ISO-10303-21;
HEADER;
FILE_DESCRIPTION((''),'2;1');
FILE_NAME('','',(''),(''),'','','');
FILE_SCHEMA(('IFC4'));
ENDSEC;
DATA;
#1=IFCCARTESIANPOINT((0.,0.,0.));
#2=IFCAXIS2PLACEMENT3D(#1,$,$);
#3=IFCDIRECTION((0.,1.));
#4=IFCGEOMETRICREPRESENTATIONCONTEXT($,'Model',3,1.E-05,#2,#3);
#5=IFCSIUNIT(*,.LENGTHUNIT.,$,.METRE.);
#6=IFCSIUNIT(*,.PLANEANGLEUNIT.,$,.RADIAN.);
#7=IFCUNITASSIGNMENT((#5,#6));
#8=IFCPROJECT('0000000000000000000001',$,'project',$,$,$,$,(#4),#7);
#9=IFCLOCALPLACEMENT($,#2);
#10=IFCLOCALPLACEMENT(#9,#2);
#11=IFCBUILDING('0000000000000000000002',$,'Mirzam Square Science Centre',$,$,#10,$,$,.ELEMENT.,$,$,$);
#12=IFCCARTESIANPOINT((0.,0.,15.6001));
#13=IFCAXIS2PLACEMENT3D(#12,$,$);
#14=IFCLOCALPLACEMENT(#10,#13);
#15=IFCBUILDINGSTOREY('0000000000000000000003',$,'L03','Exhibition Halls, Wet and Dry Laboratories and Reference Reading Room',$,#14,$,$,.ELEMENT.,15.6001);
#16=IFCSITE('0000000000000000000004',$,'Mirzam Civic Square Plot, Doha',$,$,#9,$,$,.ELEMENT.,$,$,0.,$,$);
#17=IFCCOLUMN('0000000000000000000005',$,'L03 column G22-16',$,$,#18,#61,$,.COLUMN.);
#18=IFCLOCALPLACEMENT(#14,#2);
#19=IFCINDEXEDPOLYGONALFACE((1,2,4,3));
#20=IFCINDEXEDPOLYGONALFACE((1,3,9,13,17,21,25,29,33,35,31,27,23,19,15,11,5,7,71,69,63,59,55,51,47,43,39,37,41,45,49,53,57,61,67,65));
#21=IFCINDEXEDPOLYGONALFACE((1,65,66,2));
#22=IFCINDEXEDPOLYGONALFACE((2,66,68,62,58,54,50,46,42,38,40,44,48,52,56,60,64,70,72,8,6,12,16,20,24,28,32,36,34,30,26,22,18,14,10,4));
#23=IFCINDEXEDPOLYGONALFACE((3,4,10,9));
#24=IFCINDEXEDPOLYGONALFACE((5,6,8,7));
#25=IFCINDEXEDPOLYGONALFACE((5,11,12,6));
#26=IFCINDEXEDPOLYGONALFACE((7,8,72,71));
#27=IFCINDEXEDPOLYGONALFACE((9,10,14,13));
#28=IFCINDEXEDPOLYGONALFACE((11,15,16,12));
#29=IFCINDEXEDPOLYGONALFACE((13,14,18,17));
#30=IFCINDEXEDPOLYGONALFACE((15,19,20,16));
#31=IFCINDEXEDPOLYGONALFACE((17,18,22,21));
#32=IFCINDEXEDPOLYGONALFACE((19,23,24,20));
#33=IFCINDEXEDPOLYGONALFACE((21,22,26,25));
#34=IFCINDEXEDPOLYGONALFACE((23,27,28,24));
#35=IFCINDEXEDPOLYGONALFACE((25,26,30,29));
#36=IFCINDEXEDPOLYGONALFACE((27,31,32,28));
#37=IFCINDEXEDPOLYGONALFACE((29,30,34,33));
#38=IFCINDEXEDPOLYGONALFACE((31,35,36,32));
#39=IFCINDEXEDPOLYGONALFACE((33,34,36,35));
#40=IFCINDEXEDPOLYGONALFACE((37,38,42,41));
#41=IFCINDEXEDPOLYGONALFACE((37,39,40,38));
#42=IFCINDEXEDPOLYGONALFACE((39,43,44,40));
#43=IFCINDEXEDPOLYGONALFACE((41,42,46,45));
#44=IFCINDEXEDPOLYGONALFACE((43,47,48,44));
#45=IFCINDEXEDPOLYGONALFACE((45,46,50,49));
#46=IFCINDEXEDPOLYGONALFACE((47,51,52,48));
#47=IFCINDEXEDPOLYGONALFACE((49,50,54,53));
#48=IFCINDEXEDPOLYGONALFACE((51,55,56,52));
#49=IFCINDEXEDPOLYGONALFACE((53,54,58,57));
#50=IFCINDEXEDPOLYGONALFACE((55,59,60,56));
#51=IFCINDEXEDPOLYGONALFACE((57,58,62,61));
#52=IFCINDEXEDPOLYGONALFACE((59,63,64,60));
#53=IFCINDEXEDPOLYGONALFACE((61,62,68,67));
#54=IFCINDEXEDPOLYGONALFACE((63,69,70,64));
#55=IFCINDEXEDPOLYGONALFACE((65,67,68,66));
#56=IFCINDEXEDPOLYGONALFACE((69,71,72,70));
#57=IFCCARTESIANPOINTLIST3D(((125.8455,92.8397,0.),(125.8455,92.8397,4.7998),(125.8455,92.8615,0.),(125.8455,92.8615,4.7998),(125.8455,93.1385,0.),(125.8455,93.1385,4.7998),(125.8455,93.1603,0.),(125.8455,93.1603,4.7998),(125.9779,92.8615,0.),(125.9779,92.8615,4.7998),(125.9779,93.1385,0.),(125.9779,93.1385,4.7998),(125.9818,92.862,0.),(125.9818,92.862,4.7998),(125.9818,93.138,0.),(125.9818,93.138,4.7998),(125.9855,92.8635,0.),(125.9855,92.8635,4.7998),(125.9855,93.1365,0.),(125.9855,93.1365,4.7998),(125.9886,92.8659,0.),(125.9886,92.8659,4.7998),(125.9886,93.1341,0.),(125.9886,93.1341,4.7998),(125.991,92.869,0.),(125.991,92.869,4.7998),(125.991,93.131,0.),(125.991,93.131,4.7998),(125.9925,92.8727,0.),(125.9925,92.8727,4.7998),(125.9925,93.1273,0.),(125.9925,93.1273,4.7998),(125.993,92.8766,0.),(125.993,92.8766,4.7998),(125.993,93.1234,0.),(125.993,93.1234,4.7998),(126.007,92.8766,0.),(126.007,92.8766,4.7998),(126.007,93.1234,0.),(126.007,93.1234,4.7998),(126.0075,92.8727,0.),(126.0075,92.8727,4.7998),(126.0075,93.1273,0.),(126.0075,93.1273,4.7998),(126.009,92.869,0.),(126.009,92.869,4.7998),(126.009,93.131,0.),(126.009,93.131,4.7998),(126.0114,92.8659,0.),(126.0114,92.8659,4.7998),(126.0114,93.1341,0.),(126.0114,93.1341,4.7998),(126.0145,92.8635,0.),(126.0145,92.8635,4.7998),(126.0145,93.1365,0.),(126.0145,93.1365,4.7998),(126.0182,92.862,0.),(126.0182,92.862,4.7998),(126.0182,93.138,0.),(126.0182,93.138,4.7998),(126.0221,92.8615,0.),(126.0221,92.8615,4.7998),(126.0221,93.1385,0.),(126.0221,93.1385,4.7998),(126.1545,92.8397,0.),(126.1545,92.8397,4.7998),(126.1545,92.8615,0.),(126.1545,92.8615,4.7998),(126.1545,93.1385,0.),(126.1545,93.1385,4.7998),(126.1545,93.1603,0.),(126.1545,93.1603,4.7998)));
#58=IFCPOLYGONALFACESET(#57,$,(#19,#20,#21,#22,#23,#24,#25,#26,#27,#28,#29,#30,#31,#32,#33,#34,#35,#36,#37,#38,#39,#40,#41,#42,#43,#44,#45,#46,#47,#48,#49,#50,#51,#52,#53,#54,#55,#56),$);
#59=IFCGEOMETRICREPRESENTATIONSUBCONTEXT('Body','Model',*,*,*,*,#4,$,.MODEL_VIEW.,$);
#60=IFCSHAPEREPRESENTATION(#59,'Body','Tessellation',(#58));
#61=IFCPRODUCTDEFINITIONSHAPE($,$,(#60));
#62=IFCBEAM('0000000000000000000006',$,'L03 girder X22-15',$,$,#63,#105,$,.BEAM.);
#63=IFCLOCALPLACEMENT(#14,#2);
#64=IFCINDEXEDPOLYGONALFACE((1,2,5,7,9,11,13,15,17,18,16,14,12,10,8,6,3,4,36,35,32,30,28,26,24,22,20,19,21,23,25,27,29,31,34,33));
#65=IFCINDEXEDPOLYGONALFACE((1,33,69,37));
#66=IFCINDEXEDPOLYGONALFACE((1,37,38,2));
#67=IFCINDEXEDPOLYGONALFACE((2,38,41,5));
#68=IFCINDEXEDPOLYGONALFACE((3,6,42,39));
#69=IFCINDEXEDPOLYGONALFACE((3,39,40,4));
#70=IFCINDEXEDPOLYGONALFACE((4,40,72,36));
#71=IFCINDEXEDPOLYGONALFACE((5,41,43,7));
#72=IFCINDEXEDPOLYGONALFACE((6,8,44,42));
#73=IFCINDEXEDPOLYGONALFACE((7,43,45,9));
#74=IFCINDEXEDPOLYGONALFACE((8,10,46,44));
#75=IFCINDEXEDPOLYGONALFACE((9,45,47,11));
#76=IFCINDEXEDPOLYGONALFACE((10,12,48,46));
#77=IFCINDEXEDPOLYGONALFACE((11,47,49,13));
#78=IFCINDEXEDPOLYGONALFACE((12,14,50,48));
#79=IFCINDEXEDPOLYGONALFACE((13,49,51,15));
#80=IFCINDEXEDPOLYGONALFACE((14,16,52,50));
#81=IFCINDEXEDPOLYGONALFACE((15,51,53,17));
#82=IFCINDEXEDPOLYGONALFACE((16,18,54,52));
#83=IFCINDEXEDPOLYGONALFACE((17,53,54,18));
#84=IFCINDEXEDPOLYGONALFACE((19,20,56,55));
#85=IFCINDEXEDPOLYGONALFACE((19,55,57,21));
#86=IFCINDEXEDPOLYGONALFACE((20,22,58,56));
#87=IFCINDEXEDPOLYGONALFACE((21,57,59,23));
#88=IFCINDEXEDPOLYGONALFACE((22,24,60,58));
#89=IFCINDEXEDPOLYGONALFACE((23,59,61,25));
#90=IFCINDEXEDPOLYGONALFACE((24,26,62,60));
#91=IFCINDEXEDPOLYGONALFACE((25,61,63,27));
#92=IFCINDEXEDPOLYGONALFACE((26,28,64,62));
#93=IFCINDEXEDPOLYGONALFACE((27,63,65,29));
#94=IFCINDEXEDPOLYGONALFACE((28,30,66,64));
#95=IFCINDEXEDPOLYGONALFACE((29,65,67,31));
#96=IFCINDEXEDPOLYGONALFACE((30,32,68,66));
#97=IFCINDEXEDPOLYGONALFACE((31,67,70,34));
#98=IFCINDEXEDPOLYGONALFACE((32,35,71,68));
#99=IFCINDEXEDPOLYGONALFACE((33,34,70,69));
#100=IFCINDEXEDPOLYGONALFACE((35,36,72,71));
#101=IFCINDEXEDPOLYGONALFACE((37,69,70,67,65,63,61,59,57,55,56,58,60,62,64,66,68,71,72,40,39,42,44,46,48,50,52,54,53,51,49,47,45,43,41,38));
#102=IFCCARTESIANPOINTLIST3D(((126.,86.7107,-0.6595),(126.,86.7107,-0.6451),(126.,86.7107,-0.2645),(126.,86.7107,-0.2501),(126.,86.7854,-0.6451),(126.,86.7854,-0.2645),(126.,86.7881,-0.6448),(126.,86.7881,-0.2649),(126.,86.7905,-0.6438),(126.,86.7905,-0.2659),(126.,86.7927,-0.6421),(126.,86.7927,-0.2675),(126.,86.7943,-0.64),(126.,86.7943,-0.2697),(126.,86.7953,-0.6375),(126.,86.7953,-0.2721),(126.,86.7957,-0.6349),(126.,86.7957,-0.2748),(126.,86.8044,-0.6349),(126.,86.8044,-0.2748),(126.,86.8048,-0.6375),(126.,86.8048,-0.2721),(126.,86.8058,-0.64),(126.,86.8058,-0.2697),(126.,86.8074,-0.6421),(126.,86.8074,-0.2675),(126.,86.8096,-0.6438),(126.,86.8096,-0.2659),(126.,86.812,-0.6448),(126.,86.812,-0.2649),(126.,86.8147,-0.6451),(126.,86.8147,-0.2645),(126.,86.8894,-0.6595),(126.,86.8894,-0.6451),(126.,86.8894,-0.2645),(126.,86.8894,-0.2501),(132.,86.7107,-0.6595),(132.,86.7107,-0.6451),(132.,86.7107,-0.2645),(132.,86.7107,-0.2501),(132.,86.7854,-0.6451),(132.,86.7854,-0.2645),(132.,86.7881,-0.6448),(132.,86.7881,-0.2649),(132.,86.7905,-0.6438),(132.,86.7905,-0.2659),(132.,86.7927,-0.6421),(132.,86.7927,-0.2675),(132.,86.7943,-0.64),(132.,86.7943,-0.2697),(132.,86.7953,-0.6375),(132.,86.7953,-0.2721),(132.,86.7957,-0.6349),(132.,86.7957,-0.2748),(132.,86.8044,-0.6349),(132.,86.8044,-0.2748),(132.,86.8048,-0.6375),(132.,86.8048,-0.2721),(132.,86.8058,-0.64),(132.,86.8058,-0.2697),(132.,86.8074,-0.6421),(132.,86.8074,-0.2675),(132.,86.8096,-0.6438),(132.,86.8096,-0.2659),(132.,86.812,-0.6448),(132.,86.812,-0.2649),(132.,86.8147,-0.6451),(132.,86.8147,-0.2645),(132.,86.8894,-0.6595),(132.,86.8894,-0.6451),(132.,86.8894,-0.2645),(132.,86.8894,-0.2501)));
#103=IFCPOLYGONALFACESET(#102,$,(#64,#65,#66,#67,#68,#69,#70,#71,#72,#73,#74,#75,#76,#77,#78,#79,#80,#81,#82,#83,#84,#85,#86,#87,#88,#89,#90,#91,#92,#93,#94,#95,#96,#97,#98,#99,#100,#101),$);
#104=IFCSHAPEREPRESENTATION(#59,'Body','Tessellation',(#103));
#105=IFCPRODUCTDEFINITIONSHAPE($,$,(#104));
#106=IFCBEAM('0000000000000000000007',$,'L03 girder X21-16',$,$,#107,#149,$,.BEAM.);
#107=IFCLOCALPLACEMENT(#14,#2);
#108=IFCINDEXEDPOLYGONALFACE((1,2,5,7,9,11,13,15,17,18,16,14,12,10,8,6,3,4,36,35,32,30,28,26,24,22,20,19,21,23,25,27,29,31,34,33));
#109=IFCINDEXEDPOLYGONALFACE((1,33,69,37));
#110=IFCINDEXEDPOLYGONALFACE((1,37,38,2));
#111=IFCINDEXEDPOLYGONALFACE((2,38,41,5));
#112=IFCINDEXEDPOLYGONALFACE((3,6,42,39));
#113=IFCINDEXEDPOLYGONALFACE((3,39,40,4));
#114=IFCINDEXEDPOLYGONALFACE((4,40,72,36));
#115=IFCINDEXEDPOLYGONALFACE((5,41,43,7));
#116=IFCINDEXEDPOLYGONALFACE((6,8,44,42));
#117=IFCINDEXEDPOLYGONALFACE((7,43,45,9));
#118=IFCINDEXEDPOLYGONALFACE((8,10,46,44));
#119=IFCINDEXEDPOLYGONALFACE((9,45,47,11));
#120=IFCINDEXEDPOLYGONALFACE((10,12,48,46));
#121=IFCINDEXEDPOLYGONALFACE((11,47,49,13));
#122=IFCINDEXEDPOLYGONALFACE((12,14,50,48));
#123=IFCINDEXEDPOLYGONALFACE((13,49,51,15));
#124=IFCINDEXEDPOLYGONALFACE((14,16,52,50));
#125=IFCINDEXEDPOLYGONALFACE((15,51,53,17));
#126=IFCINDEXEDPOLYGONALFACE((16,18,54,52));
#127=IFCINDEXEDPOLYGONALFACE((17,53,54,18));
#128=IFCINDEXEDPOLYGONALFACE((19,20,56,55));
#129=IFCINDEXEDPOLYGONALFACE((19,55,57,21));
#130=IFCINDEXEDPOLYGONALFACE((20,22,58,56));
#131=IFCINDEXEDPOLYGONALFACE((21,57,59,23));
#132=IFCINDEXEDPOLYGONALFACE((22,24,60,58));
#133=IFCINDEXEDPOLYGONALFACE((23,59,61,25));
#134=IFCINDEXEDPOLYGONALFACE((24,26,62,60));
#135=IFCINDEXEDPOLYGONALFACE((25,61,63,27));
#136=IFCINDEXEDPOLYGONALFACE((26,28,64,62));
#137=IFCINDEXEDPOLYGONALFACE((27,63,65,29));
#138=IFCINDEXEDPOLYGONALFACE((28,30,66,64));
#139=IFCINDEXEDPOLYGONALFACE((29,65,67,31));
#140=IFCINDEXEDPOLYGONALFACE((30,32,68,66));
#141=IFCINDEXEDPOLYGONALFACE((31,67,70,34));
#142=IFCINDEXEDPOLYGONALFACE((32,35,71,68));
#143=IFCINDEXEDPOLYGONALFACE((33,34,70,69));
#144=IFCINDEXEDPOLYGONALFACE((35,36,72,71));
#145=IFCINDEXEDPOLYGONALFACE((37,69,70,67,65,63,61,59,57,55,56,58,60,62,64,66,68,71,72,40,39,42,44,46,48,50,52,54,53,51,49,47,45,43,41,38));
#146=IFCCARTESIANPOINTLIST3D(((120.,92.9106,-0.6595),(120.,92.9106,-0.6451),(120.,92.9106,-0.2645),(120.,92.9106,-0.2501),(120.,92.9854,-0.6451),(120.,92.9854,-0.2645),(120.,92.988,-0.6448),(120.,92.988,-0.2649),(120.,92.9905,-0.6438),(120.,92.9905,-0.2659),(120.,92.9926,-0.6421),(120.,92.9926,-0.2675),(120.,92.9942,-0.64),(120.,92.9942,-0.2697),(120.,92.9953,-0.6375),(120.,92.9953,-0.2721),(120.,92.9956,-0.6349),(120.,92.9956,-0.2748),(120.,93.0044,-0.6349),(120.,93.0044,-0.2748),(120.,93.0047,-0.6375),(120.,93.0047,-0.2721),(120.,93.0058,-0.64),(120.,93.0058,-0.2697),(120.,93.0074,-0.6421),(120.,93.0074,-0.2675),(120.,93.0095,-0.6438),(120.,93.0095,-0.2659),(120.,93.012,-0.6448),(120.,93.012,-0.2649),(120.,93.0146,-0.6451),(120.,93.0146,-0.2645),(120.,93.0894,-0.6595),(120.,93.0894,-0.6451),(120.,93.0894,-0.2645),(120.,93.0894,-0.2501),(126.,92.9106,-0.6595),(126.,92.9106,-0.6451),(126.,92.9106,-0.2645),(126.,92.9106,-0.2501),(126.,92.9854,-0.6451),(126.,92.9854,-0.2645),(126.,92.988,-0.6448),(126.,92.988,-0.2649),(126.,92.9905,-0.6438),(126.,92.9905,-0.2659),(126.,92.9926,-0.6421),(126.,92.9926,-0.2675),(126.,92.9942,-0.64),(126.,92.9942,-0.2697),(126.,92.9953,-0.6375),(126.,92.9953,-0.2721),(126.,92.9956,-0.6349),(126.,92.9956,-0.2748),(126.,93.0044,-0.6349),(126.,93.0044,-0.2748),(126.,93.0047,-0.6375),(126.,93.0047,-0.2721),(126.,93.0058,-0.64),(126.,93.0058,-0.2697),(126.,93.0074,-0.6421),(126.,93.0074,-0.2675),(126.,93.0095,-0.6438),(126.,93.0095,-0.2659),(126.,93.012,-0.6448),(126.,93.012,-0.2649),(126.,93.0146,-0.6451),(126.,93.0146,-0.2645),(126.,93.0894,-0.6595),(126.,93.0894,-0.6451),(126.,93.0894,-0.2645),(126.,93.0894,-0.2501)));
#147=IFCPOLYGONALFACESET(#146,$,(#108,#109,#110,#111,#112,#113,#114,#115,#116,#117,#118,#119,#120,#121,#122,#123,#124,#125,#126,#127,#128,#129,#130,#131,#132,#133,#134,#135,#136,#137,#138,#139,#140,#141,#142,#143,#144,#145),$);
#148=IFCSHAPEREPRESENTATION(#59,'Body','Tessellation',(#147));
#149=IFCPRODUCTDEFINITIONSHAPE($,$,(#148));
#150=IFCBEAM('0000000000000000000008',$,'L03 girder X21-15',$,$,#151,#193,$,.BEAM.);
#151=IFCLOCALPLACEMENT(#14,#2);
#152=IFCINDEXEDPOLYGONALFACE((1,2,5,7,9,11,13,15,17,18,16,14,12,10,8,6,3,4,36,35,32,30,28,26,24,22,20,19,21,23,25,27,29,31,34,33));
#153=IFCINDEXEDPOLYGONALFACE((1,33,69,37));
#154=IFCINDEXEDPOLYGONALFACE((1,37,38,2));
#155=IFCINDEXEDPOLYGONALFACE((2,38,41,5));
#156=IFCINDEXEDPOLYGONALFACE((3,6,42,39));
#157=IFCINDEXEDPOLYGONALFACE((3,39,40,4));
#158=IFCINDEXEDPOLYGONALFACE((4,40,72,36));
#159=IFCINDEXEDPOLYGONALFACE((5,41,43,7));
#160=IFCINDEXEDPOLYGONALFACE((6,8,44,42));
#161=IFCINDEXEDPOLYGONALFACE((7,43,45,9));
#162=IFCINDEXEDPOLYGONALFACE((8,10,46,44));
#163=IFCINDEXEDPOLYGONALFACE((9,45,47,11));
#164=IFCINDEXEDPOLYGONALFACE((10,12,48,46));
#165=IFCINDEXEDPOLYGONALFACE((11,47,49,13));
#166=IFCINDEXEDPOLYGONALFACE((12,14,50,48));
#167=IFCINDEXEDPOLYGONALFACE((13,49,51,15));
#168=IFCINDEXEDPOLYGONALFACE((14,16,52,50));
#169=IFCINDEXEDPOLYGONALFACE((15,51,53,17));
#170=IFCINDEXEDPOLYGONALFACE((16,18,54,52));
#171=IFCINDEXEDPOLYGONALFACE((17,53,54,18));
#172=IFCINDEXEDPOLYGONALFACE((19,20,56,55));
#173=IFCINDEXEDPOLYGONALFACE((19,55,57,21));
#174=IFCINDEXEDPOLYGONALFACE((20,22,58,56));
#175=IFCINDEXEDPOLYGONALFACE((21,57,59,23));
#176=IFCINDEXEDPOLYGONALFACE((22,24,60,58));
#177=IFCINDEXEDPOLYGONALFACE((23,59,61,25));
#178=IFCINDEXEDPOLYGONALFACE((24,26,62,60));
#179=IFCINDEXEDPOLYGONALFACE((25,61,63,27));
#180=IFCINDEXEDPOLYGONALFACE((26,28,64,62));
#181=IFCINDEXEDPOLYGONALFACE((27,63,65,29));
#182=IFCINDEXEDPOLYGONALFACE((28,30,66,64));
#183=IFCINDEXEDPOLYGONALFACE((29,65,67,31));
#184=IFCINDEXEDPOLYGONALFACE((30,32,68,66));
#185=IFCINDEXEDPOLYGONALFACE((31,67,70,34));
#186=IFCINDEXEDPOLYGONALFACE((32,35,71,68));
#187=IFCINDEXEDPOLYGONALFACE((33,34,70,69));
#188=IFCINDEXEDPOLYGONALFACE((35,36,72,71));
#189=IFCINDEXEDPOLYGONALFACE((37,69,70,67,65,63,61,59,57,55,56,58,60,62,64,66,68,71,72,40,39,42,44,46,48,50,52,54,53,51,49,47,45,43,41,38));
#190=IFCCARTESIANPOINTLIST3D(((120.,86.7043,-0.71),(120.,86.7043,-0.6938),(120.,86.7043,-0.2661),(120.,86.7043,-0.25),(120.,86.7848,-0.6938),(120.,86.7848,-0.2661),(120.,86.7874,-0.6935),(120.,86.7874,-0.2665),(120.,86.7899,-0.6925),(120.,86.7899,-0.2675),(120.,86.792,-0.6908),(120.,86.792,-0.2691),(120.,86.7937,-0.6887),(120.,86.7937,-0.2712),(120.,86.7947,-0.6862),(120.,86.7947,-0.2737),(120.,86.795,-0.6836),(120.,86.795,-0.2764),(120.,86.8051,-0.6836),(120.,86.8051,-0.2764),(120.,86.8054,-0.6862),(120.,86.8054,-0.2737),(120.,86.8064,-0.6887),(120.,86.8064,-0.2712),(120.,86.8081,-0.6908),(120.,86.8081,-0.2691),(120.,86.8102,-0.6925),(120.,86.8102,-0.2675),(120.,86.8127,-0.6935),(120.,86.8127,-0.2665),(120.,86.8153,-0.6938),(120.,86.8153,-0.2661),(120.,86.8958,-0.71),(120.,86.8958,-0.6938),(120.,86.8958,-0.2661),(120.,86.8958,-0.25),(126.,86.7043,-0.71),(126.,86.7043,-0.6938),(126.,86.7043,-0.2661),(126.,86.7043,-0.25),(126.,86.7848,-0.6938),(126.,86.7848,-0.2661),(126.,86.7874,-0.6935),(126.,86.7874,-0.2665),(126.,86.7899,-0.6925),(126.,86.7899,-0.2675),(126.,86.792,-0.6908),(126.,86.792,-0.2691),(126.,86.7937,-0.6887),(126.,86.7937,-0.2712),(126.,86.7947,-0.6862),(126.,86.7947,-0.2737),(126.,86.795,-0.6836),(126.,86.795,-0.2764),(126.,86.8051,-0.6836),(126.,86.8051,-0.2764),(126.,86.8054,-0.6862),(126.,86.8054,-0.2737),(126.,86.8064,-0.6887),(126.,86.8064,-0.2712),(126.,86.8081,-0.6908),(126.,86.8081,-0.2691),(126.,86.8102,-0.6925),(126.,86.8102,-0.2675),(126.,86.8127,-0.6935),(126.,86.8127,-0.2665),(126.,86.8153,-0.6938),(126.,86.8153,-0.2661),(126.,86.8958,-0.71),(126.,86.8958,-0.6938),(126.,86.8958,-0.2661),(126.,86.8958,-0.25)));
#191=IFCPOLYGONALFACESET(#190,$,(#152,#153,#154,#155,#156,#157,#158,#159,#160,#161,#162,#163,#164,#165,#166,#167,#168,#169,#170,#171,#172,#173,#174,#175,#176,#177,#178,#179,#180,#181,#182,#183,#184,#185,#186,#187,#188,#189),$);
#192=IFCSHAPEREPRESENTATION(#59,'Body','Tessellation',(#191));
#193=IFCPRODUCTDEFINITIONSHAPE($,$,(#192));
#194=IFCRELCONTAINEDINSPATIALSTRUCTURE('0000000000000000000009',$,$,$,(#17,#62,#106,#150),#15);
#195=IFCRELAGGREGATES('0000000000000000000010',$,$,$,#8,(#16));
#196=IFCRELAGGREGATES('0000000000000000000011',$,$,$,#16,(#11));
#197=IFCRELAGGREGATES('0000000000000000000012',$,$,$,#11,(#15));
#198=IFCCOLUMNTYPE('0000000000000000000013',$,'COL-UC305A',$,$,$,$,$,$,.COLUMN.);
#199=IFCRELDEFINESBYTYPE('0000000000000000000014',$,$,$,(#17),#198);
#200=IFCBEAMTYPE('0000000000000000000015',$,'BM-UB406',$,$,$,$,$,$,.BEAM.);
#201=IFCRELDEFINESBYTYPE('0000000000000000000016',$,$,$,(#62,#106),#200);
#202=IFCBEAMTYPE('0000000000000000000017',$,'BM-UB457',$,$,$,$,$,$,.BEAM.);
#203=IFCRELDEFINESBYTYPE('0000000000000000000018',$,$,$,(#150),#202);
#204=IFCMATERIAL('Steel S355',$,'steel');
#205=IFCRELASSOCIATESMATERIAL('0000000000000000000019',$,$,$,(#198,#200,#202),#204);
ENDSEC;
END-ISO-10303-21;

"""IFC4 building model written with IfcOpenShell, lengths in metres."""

from ifc_helpers import new_model, si_unit, direction, frame, origin, origin_2d, place, context, subcontext, project, spatial, i_section, extrude, material, material_profile, profile_set, type_object, element, save


model = new_model("IFC4")

# Units and contexts
model_context = context("Model", 3, precision=1e-05, world=origin(), true_north=direction((0.0, 1.0)))
body_context = subcontext(model_context, "Body", "Model", "MODEL_VIEW")
ifc_project = project(units=[si_unit("LENGTHUNIT", "METRE"), si_unit("PLANEANGLEUNIT", "RADIAN")], contexts=[model_context])

# Site, building, storey
site_placement = place(None, origin())
site = spatial("IfcSite", under=ifc_project, at=site_placement, Name="Mirzam Civic Square Plot, Doha", CompositionType="ELEMENT", RefElevation=0.0)
building_placement = place(site_placement, origin())
building = spatial("IfcBuilding", under=site, at=building_placement, Name="Mirzam Square Science Centre", CompositionType="ELEMENT")
storey_placement = place(building_placement, frame((0.0, 0.0, 15.6001)))
storey = spatial("IfcBuildingStorey", under=building, at=storey_placement, Name="L03", Description="Exhibition Halls, Wet and Dry Laboratories and Reference Reading Room", CompositionType="ELEMENT", Elevation=15.6001)

# Column
ifc_material_1 = material(Name="Steel S355", Category="steel")
ifc_material_profile_1 = material_profile(ifc_material_1, i_section(OverallWidth=0.3091, OverallDepth=0.3206, WebThickness=0.0139, FlangeThickness=0.0217, FilletRadius=0.0151, at=origin_2d()), Name="305x305x137UC")
ifc_profile_set_1 = profile_set([ifc_material_profile_1], Name="Steel S355")
column_type_1 = type_object("IfcColumnType", Name="COL-UC305A", PredefinedType="COLUMN", material=ifc_profile_set_1)
for number, where, z_axis, x_axis, name in (
    (1, (126.0, 93.0, 0.0), (0.0, 0.0, 1.0), (1.0, 0.0, 0.0), "L03 column G22-16"),
):
    element("IfcColumn", number, at=place(storey_placement, frame(where, z_axis=z_axis, x_axis=x_axis)), inside=storey, type_object=column_type_1, Name=name, PredefinedType="COLUMN", context=body_context, shape_type="SweptSolid", body=[
        extrude(i_section(OverallWidth=0.3091, OverallDepth=0.3206, WebThickness=0.0139, FlangeThickness=0.0217, FilletRadius=0.0151, at=origin_2d()), origin(), (0.0, 0.0, 1.0), 4.7998),
    ])

# Beams
ifc_material_profile_2 = material_profile(ifc_material_1, i_section(OverallWidth=0.1787, OverallDepth=0.4094, WebThickness=0.0088, FlangeThickness=0.0144, FilletRadius=0.0103, at=origin_2d()), Name="406x178x67UB")
ifc_profile_set_2 = profile_set([ifc_material_profile_2], Name="Steel S355")
beam_type_1 = type_object("IfcBeamType", Name="BM-UB406", PredefinedType="BEAM", material=ifc_profile_set_2)
for number, where, z_axis, x_axis, name in (
    (2, (126.0, 86.8, -0.4548), (1.0, 0.0, 0.0), (0.0, 1.0, 0.0), "L03 girder X22-15"),
    (3, (120.0, 93.0, -0.4548), (1.0, 0.0, 0.0), (0.0, 1.0, 0.0), "L03 girder X21-16"),
):
    element("IfcBeam", number, at=place(storey_placement, frame(where, z_axis=z_axis, x_axis=x_axis)), inside=storey, type_object=beam_type_1, Name=name, PredefinedType="BEAM", context=body_context, shape_type="SweptSolid", body=[
        extrude(i_section(OverallWidth=0.1787, OverallDepth=0.4094, WebThickness=0.0088, FlangeThickness=0.0144, FilletRadius=0.0103, at=origin_2d()), origin(), (0.0, 0.0, 1.0), 6.0),
    ])
ifc_material_profile_3 = material_profile(ifc_material_1, i_section(OverallWidth=0.1914, OverallDepth=0.46, WebThickness=0.01, FlangeThickness=0.0161, FilletRadius=0.0103, at=origin_2d()), Name="457x191x82UB")
ifc_profile_set_3 = profile_set([ifc_material_profile_3], Name="Steel S355")
beam_type_2 = type_object("IfcBeamType", Name="BM-UB457", PredefinedType="BEAM", material=ifc_profile_set_3)
beam_1_placement = place(storey_placement, frame((120.0, 86.8, -0.48), z_axis=(1.0, 0.0, 0.0), x_axis=(0.0, 1.0, 0.0)))
element("IfcBeam", 4, at=beam_1_placement, inside=storey, type_object=beam_type_2, Name="L03 girder X21-15", PredefinedType="BEAM", context=body_context, shape_type="SweptSolid", body=[
    extrude(i_section(OverallWidth=0.1914, OverallDepth=0.46, WebThickness=0.01, FlangeThickness=0.0161, FilletRadius=0.0103, at=origin_2d()), origin(), (0.0, 0.0, 1.0), 6.0),
])

save(model, "model.ifc")
